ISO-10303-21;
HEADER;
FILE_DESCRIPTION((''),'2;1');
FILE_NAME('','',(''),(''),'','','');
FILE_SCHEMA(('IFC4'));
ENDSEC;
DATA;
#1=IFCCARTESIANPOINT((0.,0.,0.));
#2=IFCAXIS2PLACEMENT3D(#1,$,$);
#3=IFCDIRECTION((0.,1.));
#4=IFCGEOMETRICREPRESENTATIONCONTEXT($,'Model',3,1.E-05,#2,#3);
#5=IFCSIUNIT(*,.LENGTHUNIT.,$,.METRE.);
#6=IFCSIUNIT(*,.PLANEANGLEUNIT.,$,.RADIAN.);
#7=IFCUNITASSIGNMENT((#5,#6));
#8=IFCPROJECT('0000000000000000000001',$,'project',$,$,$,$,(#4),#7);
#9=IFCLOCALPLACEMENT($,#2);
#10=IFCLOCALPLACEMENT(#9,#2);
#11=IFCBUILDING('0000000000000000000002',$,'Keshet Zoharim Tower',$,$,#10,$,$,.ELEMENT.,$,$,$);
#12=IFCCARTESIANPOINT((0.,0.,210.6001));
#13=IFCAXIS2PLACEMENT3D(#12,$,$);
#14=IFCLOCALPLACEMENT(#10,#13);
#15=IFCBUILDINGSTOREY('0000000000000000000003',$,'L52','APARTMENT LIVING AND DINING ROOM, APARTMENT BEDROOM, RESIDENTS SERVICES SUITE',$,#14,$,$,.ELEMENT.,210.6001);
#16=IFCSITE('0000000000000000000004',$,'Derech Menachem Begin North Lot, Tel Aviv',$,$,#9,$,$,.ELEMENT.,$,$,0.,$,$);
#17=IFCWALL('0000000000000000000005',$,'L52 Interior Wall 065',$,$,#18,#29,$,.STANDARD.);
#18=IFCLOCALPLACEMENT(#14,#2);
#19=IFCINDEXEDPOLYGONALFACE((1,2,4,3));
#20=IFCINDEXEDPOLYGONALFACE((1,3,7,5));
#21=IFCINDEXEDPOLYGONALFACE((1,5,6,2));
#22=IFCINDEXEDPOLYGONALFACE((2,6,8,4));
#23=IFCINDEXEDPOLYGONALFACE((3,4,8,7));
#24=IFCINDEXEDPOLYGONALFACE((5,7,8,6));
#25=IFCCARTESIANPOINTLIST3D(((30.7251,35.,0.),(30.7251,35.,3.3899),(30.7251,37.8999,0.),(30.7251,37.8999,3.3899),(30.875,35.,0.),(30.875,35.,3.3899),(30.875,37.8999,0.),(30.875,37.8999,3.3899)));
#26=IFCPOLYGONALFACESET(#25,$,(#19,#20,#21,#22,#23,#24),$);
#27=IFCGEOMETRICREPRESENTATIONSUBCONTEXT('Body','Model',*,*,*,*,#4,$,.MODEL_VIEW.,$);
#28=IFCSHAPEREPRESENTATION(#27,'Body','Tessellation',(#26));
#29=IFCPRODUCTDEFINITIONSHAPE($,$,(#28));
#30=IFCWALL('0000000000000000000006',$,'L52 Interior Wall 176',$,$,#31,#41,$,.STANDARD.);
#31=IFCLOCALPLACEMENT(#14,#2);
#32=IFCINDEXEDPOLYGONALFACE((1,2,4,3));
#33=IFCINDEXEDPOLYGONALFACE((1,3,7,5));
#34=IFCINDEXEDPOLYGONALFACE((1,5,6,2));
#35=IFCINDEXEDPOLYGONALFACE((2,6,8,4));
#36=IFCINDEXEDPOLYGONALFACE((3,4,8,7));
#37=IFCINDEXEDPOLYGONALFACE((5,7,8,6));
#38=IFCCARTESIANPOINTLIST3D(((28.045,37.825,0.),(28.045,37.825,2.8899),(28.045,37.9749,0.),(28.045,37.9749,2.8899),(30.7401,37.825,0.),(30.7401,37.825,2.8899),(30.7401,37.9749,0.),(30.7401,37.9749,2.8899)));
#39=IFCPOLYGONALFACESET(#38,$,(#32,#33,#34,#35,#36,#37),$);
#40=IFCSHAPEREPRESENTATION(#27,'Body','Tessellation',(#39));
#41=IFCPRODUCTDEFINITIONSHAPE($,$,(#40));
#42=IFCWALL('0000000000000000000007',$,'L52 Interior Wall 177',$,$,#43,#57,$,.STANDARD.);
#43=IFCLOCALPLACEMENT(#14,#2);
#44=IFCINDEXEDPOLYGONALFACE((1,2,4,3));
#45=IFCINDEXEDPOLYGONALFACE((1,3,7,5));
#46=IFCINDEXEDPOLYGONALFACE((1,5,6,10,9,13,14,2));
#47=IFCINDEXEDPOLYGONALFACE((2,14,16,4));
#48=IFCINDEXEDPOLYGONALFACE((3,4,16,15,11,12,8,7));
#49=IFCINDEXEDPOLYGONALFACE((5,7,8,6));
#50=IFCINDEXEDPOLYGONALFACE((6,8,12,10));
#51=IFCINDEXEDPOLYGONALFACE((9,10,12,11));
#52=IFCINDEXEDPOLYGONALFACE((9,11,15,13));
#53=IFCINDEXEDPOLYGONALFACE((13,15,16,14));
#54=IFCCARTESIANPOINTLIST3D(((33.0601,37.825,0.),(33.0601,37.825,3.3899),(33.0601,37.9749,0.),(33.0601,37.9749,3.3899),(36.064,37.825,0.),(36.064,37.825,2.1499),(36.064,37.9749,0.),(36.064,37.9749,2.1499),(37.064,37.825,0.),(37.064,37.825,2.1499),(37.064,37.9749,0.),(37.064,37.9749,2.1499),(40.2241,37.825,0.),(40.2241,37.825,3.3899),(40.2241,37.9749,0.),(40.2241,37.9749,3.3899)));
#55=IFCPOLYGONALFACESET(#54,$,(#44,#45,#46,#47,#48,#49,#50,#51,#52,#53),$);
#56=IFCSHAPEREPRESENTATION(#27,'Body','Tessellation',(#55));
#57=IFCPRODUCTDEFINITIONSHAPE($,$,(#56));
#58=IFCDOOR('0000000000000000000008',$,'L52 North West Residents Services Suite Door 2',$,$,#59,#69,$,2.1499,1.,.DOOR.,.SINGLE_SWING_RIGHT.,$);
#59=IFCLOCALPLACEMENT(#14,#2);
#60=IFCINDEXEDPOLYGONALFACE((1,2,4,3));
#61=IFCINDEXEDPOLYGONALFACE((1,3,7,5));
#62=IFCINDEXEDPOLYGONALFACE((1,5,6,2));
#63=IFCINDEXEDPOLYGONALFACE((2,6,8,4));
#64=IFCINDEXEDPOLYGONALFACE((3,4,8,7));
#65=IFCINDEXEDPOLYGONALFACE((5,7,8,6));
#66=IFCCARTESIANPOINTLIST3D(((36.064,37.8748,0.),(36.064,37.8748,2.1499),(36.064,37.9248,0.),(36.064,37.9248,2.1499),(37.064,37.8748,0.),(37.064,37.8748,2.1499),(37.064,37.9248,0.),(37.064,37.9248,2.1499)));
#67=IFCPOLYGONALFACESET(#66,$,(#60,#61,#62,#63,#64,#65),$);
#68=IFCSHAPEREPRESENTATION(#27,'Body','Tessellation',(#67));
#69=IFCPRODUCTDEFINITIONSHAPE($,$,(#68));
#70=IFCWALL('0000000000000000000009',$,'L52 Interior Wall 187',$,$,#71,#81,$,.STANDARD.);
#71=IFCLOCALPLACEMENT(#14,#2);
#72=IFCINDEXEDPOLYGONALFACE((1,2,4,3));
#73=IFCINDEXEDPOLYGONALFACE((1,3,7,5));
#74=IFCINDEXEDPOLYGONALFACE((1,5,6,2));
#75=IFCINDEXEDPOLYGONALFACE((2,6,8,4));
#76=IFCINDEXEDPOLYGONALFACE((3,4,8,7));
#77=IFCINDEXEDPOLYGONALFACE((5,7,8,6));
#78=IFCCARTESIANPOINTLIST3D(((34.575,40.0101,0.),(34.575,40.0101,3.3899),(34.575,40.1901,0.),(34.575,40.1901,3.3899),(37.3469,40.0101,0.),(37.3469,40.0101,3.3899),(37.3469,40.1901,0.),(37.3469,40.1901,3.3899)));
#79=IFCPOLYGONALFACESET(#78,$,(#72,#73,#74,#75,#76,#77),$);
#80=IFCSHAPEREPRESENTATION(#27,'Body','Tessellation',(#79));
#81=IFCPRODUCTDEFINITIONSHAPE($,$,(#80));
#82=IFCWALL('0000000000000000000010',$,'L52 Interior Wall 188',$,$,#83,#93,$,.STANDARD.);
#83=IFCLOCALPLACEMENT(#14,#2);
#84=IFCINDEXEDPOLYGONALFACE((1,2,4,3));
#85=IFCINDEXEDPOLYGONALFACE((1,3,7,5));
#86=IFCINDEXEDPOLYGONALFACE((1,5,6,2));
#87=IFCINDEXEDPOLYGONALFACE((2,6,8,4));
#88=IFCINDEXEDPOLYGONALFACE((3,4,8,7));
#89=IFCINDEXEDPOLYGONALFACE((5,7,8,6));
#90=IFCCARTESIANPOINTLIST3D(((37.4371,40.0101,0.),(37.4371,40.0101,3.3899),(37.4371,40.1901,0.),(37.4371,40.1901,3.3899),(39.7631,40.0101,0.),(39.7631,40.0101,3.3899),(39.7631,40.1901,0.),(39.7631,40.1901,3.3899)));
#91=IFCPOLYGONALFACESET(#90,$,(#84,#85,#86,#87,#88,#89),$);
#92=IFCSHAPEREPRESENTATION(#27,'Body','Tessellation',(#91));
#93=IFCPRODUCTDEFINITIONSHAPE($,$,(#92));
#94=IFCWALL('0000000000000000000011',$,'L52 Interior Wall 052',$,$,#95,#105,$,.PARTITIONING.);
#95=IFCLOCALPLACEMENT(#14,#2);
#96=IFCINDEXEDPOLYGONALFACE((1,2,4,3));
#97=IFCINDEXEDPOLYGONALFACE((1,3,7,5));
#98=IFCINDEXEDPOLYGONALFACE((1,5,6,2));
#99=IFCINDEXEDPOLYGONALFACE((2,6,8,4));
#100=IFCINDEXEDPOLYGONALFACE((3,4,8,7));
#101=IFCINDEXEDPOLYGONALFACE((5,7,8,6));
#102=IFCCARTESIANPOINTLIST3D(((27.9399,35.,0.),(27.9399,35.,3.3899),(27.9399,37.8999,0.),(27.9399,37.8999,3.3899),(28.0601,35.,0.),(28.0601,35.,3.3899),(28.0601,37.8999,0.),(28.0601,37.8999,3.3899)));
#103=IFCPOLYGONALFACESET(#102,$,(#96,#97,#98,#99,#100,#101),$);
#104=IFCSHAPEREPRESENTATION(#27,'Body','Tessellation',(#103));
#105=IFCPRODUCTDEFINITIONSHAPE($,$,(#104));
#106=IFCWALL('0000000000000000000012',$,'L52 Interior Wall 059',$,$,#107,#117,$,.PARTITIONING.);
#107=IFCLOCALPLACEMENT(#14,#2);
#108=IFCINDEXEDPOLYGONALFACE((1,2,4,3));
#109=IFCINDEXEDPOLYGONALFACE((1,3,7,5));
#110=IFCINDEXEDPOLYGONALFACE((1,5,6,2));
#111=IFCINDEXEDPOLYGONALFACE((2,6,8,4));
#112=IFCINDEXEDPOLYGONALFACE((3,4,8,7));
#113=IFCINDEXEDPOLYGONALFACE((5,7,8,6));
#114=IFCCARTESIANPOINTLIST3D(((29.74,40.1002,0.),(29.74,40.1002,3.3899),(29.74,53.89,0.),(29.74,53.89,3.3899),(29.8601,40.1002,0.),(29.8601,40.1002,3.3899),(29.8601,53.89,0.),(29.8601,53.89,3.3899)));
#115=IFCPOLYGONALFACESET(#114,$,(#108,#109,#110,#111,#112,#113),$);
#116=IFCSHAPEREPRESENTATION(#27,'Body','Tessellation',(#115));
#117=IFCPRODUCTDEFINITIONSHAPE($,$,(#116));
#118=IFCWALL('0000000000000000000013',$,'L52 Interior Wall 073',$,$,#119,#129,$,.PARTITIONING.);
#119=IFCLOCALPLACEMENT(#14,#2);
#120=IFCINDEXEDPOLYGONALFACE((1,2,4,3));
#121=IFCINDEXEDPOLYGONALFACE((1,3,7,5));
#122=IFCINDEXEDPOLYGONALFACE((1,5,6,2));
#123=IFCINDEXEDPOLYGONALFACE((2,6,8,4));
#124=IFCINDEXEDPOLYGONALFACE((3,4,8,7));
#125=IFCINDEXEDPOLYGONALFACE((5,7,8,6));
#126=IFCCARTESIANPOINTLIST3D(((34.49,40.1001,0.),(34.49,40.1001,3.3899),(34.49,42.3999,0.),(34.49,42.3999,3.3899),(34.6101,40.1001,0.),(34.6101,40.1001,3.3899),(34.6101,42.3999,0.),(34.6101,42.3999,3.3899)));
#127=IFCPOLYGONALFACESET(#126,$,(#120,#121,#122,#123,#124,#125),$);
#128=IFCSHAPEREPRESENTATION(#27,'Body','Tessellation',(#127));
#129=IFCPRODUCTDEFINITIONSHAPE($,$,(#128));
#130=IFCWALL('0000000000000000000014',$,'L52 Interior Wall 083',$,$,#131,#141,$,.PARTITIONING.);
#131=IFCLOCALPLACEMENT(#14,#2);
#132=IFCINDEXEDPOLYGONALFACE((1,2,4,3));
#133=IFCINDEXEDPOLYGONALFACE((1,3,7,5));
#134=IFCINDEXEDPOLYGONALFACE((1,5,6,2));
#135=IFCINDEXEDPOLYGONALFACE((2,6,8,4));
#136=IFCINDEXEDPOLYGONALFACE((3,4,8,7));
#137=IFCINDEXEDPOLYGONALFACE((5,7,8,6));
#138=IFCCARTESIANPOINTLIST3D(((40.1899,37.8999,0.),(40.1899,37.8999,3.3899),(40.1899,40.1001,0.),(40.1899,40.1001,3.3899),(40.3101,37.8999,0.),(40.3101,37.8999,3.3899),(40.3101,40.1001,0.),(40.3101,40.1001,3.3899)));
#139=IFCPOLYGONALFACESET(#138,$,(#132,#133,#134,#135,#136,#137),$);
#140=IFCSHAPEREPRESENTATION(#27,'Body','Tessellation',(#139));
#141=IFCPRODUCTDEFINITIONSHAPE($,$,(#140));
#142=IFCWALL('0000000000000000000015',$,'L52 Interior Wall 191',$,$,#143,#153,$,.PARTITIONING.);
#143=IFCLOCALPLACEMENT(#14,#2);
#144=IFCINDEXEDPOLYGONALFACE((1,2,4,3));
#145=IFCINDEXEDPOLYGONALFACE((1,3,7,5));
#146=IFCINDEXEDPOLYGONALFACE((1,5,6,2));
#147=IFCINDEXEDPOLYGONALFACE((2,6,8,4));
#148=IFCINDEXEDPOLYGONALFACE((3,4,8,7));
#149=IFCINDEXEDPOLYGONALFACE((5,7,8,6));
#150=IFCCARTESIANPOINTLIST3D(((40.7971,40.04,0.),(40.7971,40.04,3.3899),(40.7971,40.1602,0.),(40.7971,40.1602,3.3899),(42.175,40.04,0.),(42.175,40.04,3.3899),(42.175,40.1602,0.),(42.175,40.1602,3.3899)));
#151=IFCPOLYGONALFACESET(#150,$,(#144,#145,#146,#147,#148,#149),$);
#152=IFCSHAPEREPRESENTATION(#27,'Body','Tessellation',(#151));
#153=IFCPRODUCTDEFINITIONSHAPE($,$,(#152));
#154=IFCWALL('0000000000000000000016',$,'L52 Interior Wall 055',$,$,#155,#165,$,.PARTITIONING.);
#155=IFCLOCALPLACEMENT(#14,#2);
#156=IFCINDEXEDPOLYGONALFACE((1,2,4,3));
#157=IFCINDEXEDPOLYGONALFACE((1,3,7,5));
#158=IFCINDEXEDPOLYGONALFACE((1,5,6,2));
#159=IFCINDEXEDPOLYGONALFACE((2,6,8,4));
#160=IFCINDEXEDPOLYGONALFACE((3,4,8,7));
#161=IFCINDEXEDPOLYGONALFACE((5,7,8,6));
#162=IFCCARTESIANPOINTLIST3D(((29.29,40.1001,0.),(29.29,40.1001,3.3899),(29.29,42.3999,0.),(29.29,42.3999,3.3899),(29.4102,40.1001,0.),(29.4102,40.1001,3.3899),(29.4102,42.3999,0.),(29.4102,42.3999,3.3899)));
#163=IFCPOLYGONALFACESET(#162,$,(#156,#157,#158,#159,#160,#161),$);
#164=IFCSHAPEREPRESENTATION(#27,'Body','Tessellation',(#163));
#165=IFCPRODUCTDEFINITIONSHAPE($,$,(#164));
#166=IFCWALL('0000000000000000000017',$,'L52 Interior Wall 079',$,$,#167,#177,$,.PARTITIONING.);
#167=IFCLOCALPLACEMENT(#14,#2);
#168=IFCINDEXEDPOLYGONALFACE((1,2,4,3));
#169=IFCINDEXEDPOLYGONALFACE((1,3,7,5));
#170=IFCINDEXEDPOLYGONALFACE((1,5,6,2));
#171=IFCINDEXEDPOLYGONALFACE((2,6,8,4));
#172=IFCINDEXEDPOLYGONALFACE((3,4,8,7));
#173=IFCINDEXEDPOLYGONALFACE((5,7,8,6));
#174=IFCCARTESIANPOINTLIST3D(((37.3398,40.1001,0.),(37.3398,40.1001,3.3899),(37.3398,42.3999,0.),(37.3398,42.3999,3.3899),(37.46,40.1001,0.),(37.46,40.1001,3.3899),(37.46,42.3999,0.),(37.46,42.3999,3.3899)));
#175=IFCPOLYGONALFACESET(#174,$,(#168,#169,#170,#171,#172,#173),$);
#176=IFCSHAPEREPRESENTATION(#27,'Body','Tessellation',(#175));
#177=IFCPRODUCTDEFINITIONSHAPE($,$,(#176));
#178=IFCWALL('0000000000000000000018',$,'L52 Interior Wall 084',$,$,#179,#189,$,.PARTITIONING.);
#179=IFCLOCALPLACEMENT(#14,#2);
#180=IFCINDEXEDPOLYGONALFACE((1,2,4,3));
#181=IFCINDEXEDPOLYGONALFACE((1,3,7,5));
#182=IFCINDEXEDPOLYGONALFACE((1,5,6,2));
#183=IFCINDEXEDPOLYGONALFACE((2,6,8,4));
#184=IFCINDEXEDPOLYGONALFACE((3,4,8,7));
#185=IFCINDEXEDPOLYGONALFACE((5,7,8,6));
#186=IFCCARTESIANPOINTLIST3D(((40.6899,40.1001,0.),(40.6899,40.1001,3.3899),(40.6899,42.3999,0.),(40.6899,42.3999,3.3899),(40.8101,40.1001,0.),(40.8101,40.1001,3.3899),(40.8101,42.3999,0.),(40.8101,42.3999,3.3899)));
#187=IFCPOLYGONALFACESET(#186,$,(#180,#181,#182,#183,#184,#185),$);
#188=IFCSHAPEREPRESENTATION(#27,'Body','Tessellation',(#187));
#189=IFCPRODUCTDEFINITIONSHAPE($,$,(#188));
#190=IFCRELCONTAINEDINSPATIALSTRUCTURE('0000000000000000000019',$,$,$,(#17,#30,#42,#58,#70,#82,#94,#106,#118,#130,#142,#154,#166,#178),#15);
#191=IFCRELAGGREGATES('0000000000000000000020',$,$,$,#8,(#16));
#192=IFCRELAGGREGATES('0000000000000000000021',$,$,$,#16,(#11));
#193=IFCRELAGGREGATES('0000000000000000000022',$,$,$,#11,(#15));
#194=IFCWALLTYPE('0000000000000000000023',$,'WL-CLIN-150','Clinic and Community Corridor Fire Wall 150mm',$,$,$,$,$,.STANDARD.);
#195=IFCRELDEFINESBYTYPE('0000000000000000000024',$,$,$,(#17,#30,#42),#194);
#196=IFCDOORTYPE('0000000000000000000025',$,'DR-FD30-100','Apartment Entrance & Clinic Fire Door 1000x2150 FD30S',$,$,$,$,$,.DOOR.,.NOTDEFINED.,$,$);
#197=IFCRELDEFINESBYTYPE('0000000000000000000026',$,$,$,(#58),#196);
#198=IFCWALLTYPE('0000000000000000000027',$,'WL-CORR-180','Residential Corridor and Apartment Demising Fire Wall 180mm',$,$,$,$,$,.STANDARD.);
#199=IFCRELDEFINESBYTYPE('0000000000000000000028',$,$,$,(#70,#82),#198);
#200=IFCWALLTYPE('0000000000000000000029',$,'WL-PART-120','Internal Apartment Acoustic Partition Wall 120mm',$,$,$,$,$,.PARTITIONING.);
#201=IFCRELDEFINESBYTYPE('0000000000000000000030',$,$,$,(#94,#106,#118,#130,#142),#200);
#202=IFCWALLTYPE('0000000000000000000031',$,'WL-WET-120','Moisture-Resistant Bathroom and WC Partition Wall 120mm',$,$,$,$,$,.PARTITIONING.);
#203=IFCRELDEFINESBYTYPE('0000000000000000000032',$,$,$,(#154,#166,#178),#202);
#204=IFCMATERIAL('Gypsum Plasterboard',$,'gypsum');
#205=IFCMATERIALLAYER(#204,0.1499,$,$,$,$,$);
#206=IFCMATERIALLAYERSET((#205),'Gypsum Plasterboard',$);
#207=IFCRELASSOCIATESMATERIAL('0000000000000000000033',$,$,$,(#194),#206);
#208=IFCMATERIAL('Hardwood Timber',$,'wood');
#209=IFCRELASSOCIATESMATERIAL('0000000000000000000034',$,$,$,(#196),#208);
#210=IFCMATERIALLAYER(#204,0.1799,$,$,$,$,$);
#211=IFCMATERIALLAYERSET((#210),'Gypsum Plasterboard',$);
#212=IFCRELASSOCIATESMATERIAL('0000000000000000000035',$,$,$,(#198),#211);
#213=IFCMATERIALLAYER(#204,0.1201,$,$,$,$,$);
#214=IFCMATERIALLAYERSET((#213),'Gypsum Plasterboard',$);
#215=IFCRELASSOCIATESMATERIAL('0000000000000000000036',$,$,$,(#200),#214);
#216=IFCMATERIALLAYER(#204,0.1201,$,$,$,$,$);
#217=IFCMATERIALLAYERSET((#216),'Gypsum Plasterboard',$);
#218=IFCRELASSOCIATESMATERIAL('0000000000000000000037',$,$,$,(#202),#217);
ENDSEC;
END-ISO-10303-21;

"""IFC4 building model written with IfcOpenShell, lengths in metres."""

from ifc_helpers import new_model, si_unit, direction, frame, frame_2d, origin, place, context, subcontext, project, spatial, rectangle, extrude, material, layer, layer_set, type_object, element, fill, save


model = new_model("IFC4")

# Units and contexts
model_context = context("Model", 3, precision=1e-05, world=origin(), true_north=direction((0.0, 1.0)))
body_context = subcontext(model_context, "Body", "Model", "MODEL_VIEW")
ifc_project = project(units=[si_unit("LENGTHUNIT", "METRE"), si_unit("PLANEANGLEUNIT", "RADIAN")], contexts=[model_context])

# Site, building, storey
site_placement = place(None, origin())
site = spatial("IfcSite", under=ifc_project, at=site_placement, Name="Derech Menachem Begin North Lot, Tel Aviv", CompositionType="ELEMENT", RefElevation=0.0)
building_placement = place(site_placement, origin())
building = spatial("IfcBuilding", under=site, at=building_placement, Name="Keshet Zoharim Tower", CompositionType="ELEMENT")
storey_placement = place(building_placement, frame((0.0, 0.0, 210.6001)))
storey = spatial("IfcBuildingStorey", under=building, at=storey_placement, Name="L52", Description="APARTMENT LIVING AND DINING ROOM, APARTMENT BEDROOM, RESIDENTS SERVICES SUITE", CompositionType="ELEMENT", Elevation=210.6001)

# Walls
ifc_material_1 = material(Name="Gypsum Plasterboard", Category="gypsum")
ifc_layer_1 = layer(ifc_material_1, 0.1499)
ifc_layer_set_1 = layer_set([ifc_layer_1], Name="Gypsum Plasterboard")
wall_type_1 = type_object("IfcWallType", Name="WL-CLIN-150", Description="Clinic and Community Corridor Fire Wall 150mm", PredefinedType="STANDARD", material=ifc_layer_set_1)
wall_1_placement = place(storey_placement, frame((30.8, 35.0, 0.0), z_axis=(0.0, 0.0, 1.0), x_axis=(0.0, 1.0, 0.0)))
element("IfcWall", 1, at=wall_1_placement, inside=storey, type_object=wall_type_1, Name="L52 Interior Wall 065", PredefinedType="STANDARD", context=body_context, shape_type="SweptSolid", body=[
    extrude(rectangle(XDim=2.8999, YDim=0.1499, at=frame_2d((1.45, 0.0))), origin(), (0.0, 0.0, 1.0), 3.3899),
])
wall_2_placement = place(storey_placement, frame((28.0449, 37.8999, 0.0), z_axis=(0.0, 0.0, 1.0), x_axis=(1.0, 0.0, 0.0)))
element("IfcWall", 2, at=wall_2_placement, inside=storey, type_object=wall_type_1, Name="L52 Interior Wall 176", PredefinedType="STANDARD", context=body_context, shape_type="SweptSolid", body=[
    extrude(rectangle(XDim=2.6951, YDim=0.1499, at=frame_2d((1.3477, 0.0))), origin(), (0.0, 0.0, 1.0), 2.8899),
])

# Wall, opening, door
wall_3_placement = place(storey_placement, frame((33.0601, 37.8999, 0.0), z_axis=(0.0, 0.0, 1.0), x_axis=(1.0, 0.0, 0.0)))
wall_3 = element("IfcWall", 3, at=wall_3_placement, inside=storey, type_object=wall_type_1, Name="L52 Interior Wall 177", PredefinedType="STANDARD", context=body_context, shape_type="SweptSolid", body=[
    extrude(rectangle(XDim=7.1641, YDim=0.1499, at=frame_2d((3.582, 0.0))), origin(), (0.0, 0.0, 1.0), 3.3899),
])
opening_1_placement = place(wall_3_placement, frame((3.0039, 0.0, 0.0)))
opening_1 = element("IfcOpeningElement", 4, at=opening_1_placement, cuts=wall_3, PredefinedType="OPENING", context=body_context, shape_type="SweptSolid", body=[
    extrude(rectangle(XDim=1.0, YDim=2.1499, at=frame_2d((0.5, 1.075))), frame((0.0, 0.085, 0.0), z_axis=(0.0, -1.0, 0.0), x_axis=(1.0, 0.0, 0.0)), (0.0, 0.0, 1.0), 0.1699),
])
ifc_material_2 = material(Name="Hardwood Timber", Category="wood")
door_type_1 = type_object("IfcDoorType", Name="DR-FD30-100", Description="Apartment Entrance & Clinic Fire Door 1000x2150 FD30S", OperationType="NOTDEFINED", PredefinedType="DOOR", material=ifc_material_2)
door_1_placement = place(opening_1_placement, origin())
door_1 = element("IfcDoor", 5, at=door_1_placement, inside=storey, type_object=door_type_1, Name="L52 North West Residents Services Suite Door 2", OperationType="SINGLE_SWING_RIGHT", OverallHeight=2.1499, OverallWidth=1.0, PredefinedType="DOOR", context=body_context, shape_type="SweptSolid", body=[
    extrude(rectangle(XDim=1.0, YDim=2.1499, at=frame_2d((0.5, 1.075))), frame((0.0, 0.0249, 0.0), z_axis=(0.0, -1.0, 0.0), x_axis=(1.0, 0.0, 0.0)), (0.0, 0.0, 1.0), 0.05),
])
fill(opening_1, door_1)
ifc_layer_2 = layer(ifc_material_1, 0.1799)
ifc_layer_set_2 = layer_set([ifc_layer_2], Name="Gypsum Plasterboard")
wall_type_2 = type_object("IfcWallType", Name="WL-CORR-180", Description="Residential Corridor and Apartment Demising Fire Wall 180mm", PredefinedType="STANDARD", material=ifc_layer_set_2)

# Walls
wall_4_placement = place(storey_placement, frame((34.575, 40.1001, 0.0), z_axis=(0.0, 0.0, 1.0), x_axis=(1.0, 0.0, 0.0)))
element("IfcWall", 6, at=wall_4_placement, inside=storey, type_object=wall_type_2, Name="L52 Interior Wall 187", PredefinedType="STANDARD", context=body_context, shape_type="SweptSolid", body=[
    extrude(rectangle(XDim=2.772, YDim=0.1799, at=frame_2d((1.386, 0.0))), origin(), (0.0, 0.0, 1.0), 3.3899),
])
wall_5_placement = place(storey_placement, frame((37.437, 40.1001, 0.0), z_axis=(0.0, 0.0, 1.0), x_axis=(1.0, 0.0, 0.0)))
element("IfcWall", 7, at=wall_5_placement, inside=storey, type_object=wall_type_2, Name="L52 Interior Wall 188", PredefinedType="STANDARD", context=body_context, shape_type="SweptSolid", body=[
    extrude(rectangle(XDim=2.3259, YDim=0.1799, at=frame_2d((1.1631, 0.0))), origin(), (0.0, 0.0, 1.0), 3.3899),
])
ifc_layer_3 = layer(ifc_material_1, 0.1201)
ifc_layer_set_3 = layer_set([ifc_layer_3], Name="Gypsum Plasterboard")
wall_type_3 = type_object("IfcWallType", Name="WL-PART-120", Description="Internal Apartment Acoustic Partition Wall 120mm", PredefinedType="PARTITIONING", material=ifc_layer_set_3)
wall_6_placement = place(storey_placement, frame((28.0, 35.0, 0.0), z_axis=(0.0, 0.0, 1.0), x_axis=(0.0, 1.0, 0.0)))
element("IfcWall", 8, at=wall_6_placement, inside=storey, type_object=wall_type_3, Name="L52 Interior Wall 052", PredefinedType="PARTITIONING", context=body_context, shape_type="SweptSolid", body=[
    extrude(rectangle(XDim=2.8999, YDim=0.1201, at=frame_2d((1.45, 0.0))), origin(), (0.0, 0.0, 1.0), 3.3899),
])
wall_7_placement = place(storey_placement, frame((29.8, 40.1001, 0.0), z_axis=(0.0, 0.0, 1.0), x_axis=(0.0, 1.0, 0.0)))
element("IfcWall", 9, at=wall_7_placement, inside=storey, type_object=wall_type_3, Name="L52 Interior Wall 059", PredefinedType="PARTITIONING", context=body_context, shape_type="SweptSolid", body=[
    extrude(rectangle(XDim=13.7898, YDim=0.1201, at=frame_2d((6.895, 0.0))), origin(), (0.0, 0.0, 1.0), 3.3899),
])
wall_8_placement = place(storey_placement, frame((34.55, 40.1001, 0.0), z_axis=(0.0, 0.0, 1.0), x_axis=(0.0, 1.0, 0.0)))
element("IfcWall", 10, at=wall_8_placement, inside=storey, type_object=wall_type_3, Name="L52 Interior Wall 073", PredefinedType="PARTITIONING", context=body_context, shape_type="SweptSolid", body=[
    extrude(rectangle(XDim=2.2998, YDim=0.1201, at=frame_2d((1.1499, 0.0))), origin(), (0.0, 0.0, 1.0), 3.3899),
])
wall_9_placement = place(storey_placement, frame((40.25, 37.8999, 0.0), z_axis=(0.0, 0.0, 1.0), x_axis=(0.0, 1.0, 0.0)))
element("IfcWall", 11, at=wall_9_placement, inside=storey, type_object=wall_type_3, Name="L52 Interior Wall 083", PredefinedType="PARTITIONING", context=body_context, shape_type="SweptSolid", body=[
    extrude(rectangle(XDim=2.2002, YDim=0.1201, at=frame_2d((1.1001, 0.0))), origin(), (0.0, 0.0, 1.0), 3.3899),
])
wall_10_placement = place(storey_placement, frame((40.7971, 40.1001, 0.0), z_axis=(0.0, 0.0, 1.0), x_axis=(1.0, 0.0, 0.0)))
element("IfcWall", 12, at=wall_10_placement, inside=storey, type_object=wall_type_3, Name="L52 Interior Wall 191", PredefinedType="PARTITIONING", context=body_context, shape_type="SweptSolid", body=[
    extrude(rectangle(XDim=1.3779, YDim=0.1201, at=frame_2d((0.689, 0.0))), origin(), (0.0, 0.0, 1.0), 3.3899),
])

# Walls
ifc_layer_4 = layer(ifc_material_1, 0.1201)
ifc_layer_set_4 = layer_set([ifc_layer_4], Name="Gypsum Plasterboard")
wall_type_4 = type_object("IfcWallType", Name="WL-WET-120", Description="Moisture-Resistant Bathroom and WC Partition Wall 120mm", PredefinedType="PARTITIONING", material=ifc_layer_set_4)
for number, where, z_axis, x_axis, name in (
    (13, (29.3501, 40.1001, 0.0), (0.0, 0.0, 1.0), (0.0, 1.0, 0.0), "L52 Interior Wall 055"),
    (14, (37.3999, 40.1001, 0.0), (0.0, 0.0, 1.0), (0.0, 1.0, 0.0), "L52 Interior Wall 079"),
    (15, (40.75, 40.1001, 0.0), (0.0, 0.0, 1.0), (0.0, 1.0, 0.0), "L52 Interior Wall 084"),
):
    element("IfcWall", number, at=place(storey_placement, frame(where, z_axis=z_axis, x_axis=x_axis)), inside=storey, type_object=wall_type_4, Name=name, PredefinedType="PARTITIONING", context=body_context, shape_type="SweptSolid", body=[
        extrude(rectangle(XDim=2.2998, YDim=0.1201, at=frame_2d((1.1499, 0.0))), origin(), (0.0, 0.0, 1.0), 3.3899),
    ])

save(model, "model.ifc")
